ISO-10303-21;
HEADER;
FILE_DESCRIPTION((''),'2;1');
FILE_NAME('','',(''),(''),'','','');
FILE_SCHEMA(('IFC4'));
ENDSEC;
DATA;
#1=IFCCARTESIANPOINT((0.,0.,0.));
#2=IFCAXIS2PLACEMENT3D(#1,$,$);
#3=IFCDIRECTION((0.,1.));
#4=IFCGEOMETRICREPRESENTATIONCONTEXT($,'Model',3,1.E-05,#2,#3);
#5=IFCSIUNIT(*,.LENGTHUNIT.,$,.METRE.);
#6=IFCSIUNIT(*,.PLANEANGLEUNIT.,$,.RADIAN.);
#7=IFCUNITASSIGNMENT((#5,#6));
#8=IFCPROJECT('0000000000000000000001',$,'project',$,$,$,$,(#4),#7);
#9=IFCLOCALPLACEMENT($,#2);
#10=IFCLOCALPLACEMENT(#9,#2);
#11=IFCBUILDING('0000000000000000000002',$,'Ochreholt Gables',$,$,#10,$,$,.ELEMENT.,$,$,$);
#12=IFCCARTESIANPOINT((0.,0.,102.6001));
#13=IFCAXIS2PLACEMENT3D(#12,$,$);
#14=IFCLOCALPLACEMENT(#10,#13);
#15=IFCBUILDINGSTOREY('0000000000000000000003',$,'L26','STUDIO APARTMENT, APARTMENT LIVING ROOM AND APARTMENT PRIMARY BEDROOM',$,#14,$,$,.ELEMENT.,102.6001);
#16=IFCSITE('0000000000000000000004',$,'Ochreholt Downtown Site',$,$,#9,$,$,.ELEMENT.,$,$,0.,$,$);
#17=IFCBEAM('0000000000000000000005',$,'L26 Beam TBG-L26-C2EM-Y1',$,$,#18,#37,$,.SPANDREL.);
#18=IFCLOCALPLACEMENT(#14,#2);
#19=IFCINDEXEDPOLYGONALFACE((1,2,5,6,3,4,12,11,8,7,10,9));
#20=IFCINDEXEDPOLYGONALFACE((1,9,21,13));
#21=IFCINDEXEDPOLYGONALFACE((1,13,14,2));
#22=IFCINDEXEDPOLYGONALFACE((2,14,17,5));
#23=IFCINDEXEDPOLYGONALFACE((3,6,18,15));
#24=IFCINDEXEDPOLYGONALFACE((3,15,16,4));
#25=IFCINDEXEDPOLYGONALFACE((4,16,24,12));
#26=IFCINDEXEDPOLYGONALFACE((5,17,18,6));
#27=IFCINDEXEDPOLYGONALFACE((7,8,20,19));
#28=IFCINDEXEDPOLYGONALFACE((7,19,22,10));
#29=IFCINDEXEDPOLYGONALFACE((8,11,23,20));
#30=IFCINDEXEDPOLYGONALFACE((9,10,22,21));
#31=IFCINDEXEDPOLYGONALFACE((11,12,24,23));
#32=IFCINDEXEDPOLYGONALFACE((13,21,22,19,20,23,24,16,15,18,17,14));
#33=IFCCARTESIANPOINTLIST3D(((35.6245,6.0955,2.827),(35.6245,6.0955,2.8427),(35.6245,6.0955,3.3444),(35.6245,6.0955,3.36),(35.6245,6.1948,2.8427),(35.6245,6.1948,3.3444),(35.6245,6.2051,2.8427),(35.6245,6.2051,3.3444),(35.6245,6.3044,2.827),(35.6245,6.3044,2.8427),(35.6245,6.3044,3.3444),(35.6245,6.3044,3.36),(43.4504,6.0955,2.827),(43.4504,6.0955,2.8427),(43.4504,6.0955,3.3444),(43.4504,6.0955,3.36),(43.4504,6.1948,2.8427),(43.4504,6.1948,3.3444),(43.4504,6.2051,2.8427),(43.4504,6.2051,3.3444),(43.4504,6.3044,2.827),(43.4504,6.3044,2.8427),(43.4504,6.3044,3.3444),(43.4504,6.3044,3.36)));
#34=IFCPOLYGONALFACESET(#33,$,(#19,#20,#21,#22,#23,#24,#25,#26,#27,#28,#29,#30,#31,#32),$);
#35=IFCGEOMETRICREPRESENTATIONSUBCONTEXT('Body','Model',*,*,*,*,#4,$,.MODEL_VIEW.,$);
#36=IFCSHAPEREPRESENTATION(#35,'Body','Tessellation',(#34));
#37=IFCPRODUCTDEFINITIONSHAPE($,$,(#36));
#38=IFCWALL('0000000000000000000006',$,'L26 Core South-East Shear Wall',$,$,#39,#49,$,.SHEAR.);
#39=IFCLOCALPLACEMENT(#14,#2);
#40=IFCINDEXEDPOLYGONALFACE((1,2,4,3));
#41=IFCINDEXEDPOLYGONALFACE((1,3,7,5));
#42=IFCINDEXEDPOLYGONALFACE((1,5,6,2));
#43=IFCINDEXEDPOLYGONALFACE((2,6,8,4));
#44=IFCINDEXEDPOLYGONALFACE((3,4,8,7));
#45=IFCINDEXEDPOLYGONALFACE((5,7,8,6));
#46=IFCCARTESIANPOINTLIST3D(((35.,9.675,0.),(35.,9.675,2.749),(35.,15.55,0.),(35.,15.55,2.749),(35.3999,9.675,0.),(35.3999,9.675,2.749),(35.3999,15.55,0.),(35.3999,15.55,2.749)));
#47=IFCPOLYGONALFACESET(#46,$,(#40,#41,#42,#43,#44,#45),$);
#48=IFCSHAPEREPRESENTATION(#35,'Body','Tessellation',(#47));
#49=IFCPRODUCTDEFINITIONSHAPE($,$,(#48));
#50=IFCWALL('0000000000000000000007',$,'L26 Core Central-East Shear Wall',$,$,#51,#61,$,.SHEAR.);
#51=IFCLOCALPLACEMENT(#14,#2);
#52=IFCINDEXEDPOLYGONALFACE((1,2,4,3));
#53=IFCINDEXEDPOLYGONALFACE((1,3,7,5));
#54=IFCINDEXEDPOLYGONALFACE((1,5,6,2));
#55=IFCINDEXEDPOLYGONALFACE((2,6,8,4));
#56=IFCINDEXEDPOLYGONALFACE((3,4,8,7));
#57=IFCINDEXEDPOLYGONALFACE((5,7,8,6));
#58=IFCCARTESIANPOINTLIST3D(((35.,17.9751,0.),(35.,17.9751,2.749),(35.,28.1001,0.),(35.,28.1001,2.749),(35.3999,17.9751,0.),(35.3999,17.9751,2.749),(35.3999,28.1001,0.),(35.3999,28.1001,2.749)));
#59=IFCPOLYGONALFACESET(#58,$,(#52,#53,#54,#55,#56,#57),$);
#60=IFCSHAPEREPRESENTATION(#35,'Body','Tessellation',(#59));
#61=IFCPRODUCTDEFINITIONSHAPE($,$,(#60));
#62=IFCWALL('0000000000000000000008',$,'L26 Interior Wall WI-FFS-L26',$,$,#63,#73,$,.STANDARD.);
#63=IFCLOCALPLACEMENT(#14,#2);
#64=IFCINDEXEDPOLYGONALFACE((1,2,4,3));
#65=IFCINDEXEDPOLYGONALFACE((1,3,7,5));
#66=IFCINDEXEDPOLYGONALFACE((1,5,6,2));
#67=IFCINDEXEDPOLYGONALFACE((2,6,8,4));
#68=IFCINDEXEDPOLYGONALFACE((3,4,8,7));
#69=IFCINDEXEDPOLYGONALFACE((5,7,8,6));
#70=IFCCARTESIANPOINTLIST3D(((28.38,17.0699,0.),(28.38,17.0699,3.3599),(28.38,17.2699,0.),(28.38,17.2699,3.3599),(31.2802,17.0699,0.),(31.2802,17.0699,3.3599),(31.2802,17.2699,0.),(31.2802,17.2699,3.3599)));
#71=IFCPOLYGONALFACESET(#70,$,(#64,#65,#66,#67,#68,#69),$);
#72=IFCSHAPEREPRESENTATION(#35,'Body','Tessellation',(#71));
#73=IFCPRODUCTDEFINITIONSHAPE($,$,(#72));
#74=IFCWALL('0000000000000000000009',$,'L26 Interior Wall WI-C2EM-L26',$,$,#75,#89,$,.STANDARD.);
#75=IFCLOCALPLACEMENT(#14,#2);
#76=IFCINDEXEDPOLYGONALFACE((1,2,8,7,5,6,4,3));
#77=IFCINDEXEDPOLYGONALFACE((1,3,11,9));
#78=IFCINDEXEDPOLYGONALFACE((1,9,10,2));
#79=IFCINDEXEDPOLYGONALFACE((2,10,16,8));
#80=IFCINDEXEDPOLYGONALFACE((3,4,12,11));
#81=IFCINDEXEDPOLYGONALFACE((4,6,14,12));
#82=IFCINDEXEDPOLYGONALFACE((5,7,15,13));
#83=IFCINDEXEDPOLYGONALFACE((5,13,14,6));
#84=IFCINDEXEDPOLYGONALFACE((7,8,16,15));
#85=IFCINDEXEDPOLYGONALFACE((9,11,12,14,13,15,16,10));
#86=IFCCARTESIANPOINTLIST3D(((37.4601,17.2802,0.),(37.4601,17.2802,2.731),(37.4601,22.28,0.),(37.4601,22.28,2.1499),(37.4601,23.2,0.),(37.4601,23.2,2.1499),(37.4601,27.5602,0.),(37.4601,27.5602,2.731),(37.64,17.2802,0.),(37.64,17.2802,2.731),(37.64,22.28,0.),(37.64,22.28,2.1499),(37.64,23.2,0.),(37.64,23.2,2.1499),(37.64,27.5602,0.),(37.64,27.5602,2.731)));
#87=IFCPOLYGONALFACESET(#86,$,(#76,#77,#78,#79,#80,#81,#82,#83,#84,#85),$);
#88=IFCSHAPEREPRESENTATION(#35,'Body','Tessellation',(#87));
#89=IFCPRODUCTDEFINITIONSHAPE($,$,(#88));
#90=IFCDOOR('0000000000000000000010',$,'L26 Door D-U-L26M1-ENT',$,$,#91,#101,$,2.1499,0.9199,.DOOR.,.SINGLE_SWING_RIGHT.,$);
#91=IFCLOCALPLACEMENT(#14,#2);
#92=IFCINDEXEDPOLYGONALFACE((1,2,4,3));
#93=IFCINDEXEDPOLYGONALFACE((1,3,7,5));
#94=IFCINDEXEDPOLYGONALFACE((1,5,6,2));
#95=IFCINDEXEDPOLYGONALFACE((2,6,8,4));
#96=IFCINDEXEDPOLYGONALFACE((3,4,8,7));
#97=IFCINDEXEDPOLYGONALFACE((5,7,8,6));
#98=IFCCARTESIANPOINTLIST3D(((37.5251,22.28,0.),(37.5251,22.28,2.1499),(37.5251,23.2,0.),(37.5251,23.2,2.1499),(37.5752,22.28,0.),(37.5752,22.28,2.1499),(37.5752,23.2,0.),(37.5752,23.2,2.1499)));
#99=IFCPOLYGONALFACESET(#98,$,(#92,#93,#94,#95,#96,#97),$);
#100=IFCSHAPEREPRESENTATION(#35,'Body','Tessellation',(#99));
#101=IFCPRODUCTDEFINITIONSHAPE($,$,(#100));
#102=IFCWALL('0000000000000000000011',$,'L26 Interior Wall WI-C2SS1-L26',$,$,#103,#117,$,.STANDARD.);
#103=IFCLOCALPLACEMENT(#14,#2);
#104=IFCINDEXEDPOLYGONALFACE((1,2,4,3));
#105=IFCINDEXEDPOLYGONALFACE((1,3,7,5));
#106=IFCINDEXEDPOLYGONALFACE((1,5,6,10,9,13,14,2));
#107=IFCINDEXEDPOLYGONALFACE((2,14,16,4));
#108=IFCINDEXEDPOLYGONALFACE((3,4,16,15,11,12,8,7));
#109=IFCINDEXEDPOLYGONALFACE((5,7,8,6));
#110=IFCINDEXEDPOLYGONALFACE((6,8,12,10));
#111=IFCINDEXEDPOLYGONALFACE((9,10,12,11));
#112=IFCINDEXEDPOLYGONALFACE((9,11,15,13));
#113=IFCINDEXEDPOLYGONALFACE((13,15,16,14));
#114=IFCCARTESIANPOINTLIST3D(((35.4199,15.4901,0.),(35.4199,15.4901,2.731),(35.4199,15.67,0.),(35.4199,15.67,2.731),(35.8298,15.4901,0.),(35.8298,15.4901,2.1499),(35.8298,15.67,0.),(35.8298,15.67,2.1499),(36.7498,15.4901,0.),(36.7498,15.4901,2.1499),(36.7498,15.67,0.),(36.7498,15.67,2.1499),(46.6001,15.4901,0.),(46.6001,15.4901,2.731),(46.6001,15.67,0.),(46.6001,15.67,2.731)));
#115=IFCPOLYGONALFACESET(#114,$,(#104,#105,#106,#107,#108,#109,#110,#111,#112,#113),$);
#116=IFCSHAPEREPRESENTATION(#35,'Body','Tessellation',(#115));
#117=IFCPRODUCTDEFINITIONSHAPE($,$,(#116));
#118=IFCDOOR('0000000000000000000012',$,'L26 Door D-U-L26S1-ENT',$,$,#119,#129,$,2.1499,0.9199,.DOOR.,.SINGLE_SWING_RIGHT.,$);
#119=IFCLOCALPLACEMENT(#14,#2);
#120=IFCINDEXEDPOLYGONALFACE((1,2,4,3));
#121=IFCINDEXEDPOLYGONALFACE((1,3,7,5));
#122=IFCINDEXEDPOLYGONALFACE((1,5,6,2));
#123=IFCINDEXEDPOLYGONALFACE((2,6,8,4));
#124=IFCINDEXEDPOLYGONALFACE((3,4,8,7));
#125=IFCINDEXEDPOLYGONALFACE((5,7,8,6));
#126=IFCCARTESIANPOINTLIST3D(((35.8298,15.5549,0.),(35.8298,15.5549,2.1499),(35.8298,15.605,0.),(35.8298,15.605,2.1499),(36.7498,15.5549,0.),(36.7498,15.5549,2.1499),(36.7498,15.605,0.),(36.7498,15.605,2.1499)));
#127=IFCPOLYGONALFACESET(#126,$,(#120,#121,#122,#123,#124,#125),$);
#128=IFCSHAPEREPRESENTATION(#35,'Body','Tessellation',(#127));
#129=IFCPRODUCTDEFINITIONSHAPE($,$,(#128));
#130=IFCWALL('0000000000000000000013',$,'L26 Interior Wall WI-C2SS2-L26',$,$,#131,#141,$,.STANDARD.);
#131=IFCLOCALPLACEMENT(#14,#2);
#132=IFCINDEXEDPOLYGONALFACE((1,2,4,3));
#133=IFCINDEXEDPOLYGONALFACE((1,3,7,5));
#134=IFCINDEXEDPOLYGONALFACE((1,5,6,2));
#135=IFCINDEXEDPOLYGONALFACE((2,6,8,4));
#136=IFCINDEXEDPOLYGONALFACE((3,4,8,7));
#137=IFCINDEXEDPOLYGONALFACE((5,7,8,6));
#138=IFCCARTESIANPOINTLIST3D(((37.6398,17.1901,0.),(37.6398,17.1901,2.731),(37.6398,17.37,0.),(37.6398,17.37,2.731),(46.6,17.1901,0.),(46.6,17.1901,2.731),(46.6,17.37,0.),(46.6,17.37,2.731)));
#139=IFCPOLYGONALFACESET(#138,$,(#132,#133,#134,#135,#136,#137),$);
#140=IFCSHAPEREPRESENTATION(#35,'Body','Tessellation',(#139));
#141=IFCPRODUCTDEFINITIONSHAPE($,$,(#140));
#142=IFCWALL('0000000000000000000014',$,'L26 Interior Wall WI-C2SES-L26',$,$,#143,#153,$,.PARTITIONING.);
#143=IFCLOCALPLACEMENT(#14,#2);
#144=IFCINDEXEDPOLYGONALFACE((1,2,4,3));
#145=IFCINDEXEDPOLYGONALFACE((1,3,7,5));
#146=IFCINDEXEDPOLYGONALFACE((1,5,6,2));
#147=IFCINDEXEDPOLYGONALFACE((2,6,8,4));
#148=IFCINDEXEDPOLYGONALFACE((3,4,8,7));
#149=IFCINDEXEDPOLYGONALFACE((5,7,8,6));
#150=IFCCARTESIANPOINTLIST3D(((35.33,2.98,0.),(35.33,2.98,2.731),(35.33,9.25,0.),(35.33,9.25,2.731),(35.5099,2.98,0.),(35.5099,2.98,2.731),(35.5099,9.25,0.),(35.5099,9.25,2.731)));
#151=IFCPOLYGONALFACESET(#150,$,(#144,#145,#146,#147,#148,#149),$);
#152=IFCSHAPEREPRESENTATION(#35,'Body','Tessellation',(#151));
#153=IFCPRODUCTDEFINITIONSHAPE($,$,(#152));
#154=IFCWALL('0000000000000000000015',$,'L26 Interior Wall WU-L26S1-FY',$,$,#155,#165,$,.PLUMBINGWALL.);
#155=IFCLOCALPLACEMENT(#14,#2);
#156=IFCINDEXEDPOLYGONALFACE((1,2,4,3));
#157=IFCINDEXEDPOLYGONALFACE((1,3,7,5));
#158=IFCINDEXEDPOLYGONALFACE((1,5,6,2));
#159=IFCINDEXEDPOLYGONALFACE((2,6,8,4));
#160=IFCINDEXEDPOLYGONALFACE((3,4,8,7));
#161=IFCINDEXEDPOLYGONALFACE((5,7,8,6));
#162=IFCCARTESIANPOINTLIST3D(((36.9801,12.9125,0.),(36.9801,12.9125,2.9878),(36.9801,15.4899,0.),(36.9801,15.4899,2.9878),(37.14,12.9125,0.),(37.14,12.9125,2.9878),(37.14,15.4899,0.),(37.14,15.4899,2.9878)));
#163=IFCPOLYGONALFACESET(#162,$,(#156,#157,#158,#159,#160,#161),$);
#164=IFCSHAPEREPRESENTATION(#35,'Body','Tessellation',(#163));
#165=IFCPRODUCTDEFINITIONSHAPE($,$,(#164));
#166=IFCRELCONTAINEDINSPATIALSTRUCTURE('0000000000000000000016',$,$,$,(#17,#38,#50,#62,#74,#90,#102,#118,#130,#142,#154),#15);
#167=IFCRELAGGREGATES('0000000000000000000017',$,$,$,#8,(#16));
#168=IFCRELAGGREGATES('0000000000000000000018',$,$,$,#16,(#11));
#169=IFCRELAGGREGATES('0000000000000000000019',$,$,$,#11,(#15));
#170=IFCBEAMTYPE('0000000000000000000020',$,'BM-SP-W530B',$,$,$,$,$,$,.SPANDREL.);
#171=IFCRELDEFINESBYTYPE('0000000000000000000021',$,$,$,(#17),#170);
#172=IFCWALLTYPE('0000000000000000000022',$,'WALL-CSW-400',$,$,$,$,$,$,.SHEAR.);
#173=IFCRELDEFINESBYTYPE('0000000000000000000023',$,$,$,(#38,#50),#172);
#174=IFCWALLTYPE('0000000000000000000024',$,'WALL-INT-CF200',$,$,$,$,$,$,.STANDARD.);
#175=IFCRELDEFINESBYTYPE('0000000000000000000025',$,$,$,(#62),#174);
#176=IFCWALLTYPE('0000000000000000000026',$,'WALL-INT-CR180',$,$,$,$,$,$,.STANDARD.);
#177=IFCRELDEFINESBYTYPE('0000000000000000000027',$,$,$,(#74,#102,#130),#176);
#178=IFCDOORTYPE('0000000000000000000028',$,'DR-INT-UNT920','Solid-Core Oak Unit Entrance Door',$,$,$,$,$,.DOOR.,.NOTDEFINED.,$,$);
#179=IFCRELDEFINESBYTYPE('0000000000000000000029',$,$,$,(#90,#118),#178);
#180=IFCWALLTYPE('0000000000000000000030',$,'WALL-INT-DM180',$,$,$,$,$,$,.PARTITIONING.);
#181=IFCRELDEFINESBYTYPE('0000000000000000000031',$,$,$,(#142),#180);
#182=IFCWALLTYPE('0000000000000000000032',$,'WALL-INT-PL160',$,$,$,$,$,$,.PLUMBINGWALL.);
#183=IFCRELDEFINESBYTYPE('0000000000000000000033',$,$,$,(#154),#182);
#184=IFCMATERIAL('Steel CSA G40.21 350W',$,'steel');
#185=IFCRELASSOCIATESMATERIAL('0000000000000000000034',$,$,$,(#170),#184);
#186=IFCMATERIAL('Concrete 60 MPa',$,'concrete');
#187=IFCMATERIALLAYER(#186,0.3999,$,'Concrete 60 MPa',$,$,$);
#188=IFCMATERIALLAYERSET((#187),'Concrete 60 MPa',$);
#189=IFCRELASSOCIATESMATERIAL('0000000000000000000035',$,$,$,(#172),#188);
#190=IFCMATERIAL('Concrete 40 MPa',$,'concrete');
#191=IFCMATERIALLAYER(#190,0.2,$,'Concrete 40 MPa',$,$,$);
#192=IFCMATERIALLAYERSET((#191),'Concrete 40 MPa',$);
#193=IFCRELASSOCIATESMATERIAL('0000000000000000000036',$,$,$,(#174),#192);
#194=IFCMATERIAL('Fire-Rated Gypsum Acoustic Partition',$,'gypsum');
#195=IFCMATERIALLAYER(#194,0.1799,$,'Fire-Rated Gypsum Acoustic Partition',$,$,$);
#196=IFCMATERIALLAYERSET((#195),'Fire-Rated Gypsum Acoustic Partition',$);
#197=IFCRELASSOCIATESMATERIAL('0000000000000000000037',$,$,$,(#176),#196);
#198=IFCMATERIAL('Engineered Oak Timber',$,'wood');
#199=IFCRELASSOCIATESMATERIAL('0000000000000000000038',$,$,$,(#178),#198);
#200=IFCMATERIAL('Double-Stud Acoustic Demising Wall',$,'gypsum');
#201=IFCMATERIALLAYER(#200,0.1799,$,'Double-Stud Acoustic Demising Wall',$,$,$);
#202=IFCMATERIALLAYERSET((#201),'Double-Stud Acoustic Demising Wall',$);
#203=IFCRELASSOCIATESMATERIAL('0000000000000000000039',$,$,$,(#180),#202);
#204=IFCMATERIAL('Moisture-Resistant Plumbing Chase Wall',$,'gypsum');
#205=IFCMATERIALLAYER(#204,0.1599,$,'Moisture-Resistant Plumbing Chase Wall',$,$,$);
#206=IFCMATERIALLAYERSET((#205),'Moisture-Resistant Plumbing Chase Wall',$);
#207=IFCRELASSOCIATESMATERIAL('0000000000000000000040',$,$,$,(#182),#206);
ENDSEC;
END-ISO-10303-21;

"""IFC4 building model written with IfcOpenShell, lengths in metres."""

from ifc_helpers import new_model, si_unit, direction, frame, frame_2d, origin, origin_2d, place, context, subcontext, project, spatial, rectangle, i_section, extrude, material, layer, layer_set, material_profile, profile_set, type_object, element, fill, save


model = new_model("IFC4")

# Units and contexts
model_context = context("Model", 3, precision=1e-05, world=origin(), true_north=direction((0.0, 1.0)))
body_context = subcontext(model_context, "Body", "Model", "MODEL_VIEW")
ifc_project = project(units=[si_unit("LENGTHUNIT", "METRE"), si_unit("PLANEANGLEUNIT", "RADIAN")], contexts=[model_context])

# Site, building, storey
site_placement = place(None, origin())
site = spatial("IfcSite", under=ifc_project, at=site_placement, Name="Ochreholt Downtown Site", CompositionType="ELEMENT", RefElevation=0.0)
building_placement = place(site_placement, origin())
building = spatial("IfcBuilding", under=site, at=building_placement, Name="Ochreholt Gables", CompositionType="ELEMENT")
storey_placement = place(building_placement, frame((0.0, 0.0, 102.6001)))
storey = spatial("IfcBuildingStorey", under=building, at=storey_placement, Name="L26", Description="STUDIO APARTMENT, APARTMENT LIVING ROOM AND APARTMENT PRIMARY BEDROOM", CompositionType="ELEMENT", Elevation=102.6001)

# Shared definitions
ifc_material_1 = material(Name="Concrete 60 MPa", Category="concrete")

# Beam
ifc_material_2 = material(Name="Steel CSA G40.21 350W", Category="steel")
ifc_material_profile_1 = material_profile(ifc_material_2, i_section(OverallWidth=0.209, OverallDepth=0.533, WebThickness=0.0103, FlangeThickness=0.0156, at=origin_2d()), Name="W530X92")
ifc_profile_set_1 = profile_set([ifc_material_profile_1], Name="Steel CSA G40.21 350W")
beam_type_1 = type_object("IfcBeamType", Name="BM-SP-W530B", PredefinedType="SPANDREL", material=ifc_profile_set_1)
beam_1_placement = place(storey_placement, frame((35.6245, 6.2, 3.0935), z_axis=(1.0, 0.0, 0.0), x_axis=(0.0, 1.0, 0.0)))
element("IfcBeam", 1, at=beam_1_placement, inside=storey, type_object=beam_type_1, Name="L26 Beam TBG-L26-C2EM-Y1", PredefinedType="SPANDREL", context=body_context, shape_type="SweptSolid", body=[
    extrude(i_section(OverallWidth=0.209, OverallDepth=0.533, WebThickness=0.0103, FlangeThickness=0.0156, at=origin_2d()), origin(), (0.0, 0.0, 1.0), 7.8259),
])

# Walls
ifc_layer_1 = layer(ifc_material_1, 0.3999, Name="Concrete 60 MPa")
ifc_layer_set_1 = layer_set([ifc_layer_1], Name="Concrete 60 MPa")
wall_type_1 = type_object("IfcWallType", Name="WALL-CSW-400", PredefinedType="SHEAR", material=ifc_layer_set_1)
wall_1_placement = place(storey_placement, frame((35.2, 9.675, 0.0), z_axis=(0.0, 0.0, 1.0), x_axis=(0.0, 1.0, 0.0)))
element("IfcWall", 2, at=wall_1_placement, inside=storey, type_object=wall_type_1, Name="L26 Core South-East Shear Wall", PredefinedType="SHEAR", context=body_context, shape_type="SweptSolid", body=[
    extrude(rectangle(XDim=5.875, YDim=0.3999, at=frame_2d((2.9375, 0.0))), origin(), (0.0, 0.0, 1.0), 2.749),
])
wall_2_placement = place(storey_placement, frame((35.2, 17.9751, 0.0), z_axis=(0.0, 0.0, 1.0), x_axis=(0.0, 1.0, 0.0)))
element("IfcWall", 3, at=wall_2_placement, inside=storey, type_object=wall_type_1, Name="L26 Core Central-East Shear Wall", PredefinedType="SHEAR", context=body_context, shape_type="SweptSolid", body=[
    extrude(rectangle(XDim=10.125, YDim=0.3999, at=frame_2d((5.0625, 0.0))), origin(), (0.0, 0.0, 1.0), 2.749),
])
ifc_material_3 = material(Name="Concrete 40 MPa", Category="concrete")
ifc_layer_2 = layer(ifc_material_3, 0.2, Name="Concrete 40 MPa")
ifc_layer_set_2 = layer_set([ifc_layer_2], Name="Concrete 40 MPa")
wall_type_2 = type_object("IfcWallType", Name="WALL-INT-CF200", PredefinedType="STANDARD", material=ifc_layer_set_2)
wall_3_placement = place(storey_placement, frame((28.3799, 17.1699, 0.0), z_axis=(0.0, 0.0, 1.0), x_axis=(1.0, 0.0, 0.0)))
element("IfcWall", 4, at=wall_3_placement, inside=storey, type_object=wall_type_2, Name="L26 Interior Wall WI-FFS-L26", PredefinedType="STANDARD", context=body_context, shape_type="SweptSolid", body=[
    extrude(rectangle(XDim=2.9001, YDim=0.2, at=frame_2d((1.4502, 0.0))), origin(), (0.0, 0.0, 1.0), 3.3599),
])

# Walls, openings, doors
ifc_material_4 = material(Name="Fire-Rated Gypsum Acoustic Partition", Category="gypsum")
ifc_layer_3 = layer(ifc_material_4, 0.1799, Name="Fire-Rated Gypsum Acoustic Partition")
ifc_layer_set_3 = layer_set([ifc_layer_3], Name="Fire-Rated Gypsum Acoustic Partition")
wall_type_3 = type_object("IfcWallType", Name="WALL-INT-CR180", PredefinedType="STANDARD", material=ifc_layer_set_3)
wall_4_placement = place(storey_placement, frame((37.55, 17.28, 0.0), z_axis=(0.0, 0.0, 1.0), x_axis=(0.0, 1.0, 0.0)))
wall_4 = element("IfcWall", 5, at=wall_4_placement, inside=storey, type_object=wall_type_3, Name="L26 Interior Wall WI-C2EM-L26", PredefinedType="STANDARD", context=body_context, shape_type="SweptSolid", body=[
    extrude(rectangle(XDim=10.28, YDim=0.1799, at=frame_2d((5.1401, 0.0))), origin(), (0.0, 0.0, 1.0), 2.731),
])
opening_1_placement = place(wall_4_placement, frame((5.0, 0.0, 0.0)))
opening_1 = element("IfcOpeningElement", 6, at=opening_1_placement, cuts=wall_4, PredefinedType="OPENING", context=body_context, shape_type="SweptSolid", body=[
    extrude(rectangle(XDim=0.9199, YDim=2.1499, at=frame_2d((0.46, 1.075))), frame((0.0, 0.0999, 0.0), z_axis=(0.0, -1.0, 0.0), x_axis=(1.0, 0.0, 0.0)), (0.0, 0.0, 1.0), 0.2),
])
ifc_material_5 = material(Name="Engineered Oak Timber", Category="wood")
door_type_1 = type_object("IfcDoorType", Name="DR-INT-UNT920", Description="Solid-Core Oak Unit Entrance Door", OperationType="NOTDEFINED", PredefinedType="DOOR", material=ifc_material_5)
door_1_placement = place(opening_1_placement, origin())
door_1 = element("IfcDoor", 7, at=door_1_placement, inside=storey, type_object=door_type_1, Name="L26 Door D-U-L26M1-ENT", OperationType="SINGLE_SWING_RIGHT", OverallHeight=2.1499, OverallWidth=0.9199, PredefinedType="DOOR", context=body_context, shape_type="SweptSolid", body=[
    extrude(rectangle(XDim=0.9199, YDim=2.1499, at=frame_2d((0.46, 1.075))), frame((0.0, 0.0249, 0.0), z_axis=(0.0, -1.0, 0.0), x_axis=(1.0, 0.0, 0.0)), (0.0, 0.0, 1.0), 0.05),
])
fill(opening_1, door_1)
wall_5_placement = place(storey_placement, frame((35.4199, 15.5801, 0.0), z_axis=(0.0, 0.0, 1.0), x_axis=(1.0, 0.0, 0.0)))
wall_5 = element("IfcWall", 8, at=wall_5_placement, inside=storey, type_object=wall_type_3, Name="L26 Interior Wall WI-C2SS1-L26", PredefinedType="STANDARD", context=body_context, shape_type="SweptSolid", body=[
    extrude(rectangle(XDim=11.1802, YDim=0.1799, at=frame_2d((5.5901, 0.0))), origin(), (0.0, 0.0, 1.0), 2.731),
])
opening_2_placement = place(wall_5_placement, frame((0.4099, 0.0, 0.0)))
opening_2 = element("IfcOpeningElement", 9, at=opening_2_placement, cuts=wall_5, PredefinedType="OPENING", context=body_context, shape_type="SweptSolid", body=[
    extrude(rectangle(XDim=0.9199, YDim=2.1499, at=frame_2d((0.46, 1.075))), frame((0.0, 0.0999, 0.0), z_axis=(0.0, -1.0, 0.0), x_axis=(1.0, 0.0, 0.0)), (0.0, 0.0, 1.0), 0.2),
])
door_2_placement = place(opening_2_placement, origin())
door_2 = element("IfcDoor", 10, at=door_2_placement, inside=storey, type_object=door_type_1, Name="L26 Door D-U-L26S1-ENT", OperationType="SINGLE_SWING_RIGHT", OverallHeight=2.1499, OverallWidth=0.9199, PredefinedType="DOOR", context=body_context, shape_type="SweptSolid", body=[
    extrude(rectangle(XDim=0.9199, YDim=2.1499, at=frame_2d((0.46, 1.075))), frame((0.0, 0.0249, 0.0), z_axis=(0.0, -1.0, 0.0), x_axis=(1.0, 0.0, 0.0)), (0.0, 0.0, 1.0), 0.05),
])
fill(opening_2, door_2)

# Walls
wall_6_placement = place(storey_placement, frame((37.6399, 17.28, 0.0), z_axis=(0.0, 0.0, 1.0), x_axis=(1.0, 0.0, 0.0)))
element("IfcWall", 11, at=wall_6_placement, inside=storey, type_object=wall_type_3, Name="L26 Interior Wall WI-C2SS2-L26", PredefinedType="STANDARD", context=body_context, shape_type="SweptSolid", body=[
    extrude(rectangle(XDim=8.9602, YDim=0.1799, at=frame_2d((4.48, 0.0))), origin(), (0.0, 0.0, 1.0), 2.731),
])
ifc_material_6 = material(Name="Double-Stud Acoustic Demising Wall", Category="gypsum")
ifc_layer_4 = layer(ifc_material_6, 0.1799, Name="Double-Stud Acoustic Demising Wall")
ifc_layer_set_4 = layer_set([ifc_layer_4], Name="Double-Stud Acoustic Demising Wall")
wall_type_4 = type_object("IfcWallType", Name="WALL-INT-DM180", PredefinedType="PARTITIONING", material=ifc_layer_set_4)
wall_7_placement = place(storey_placement, frame((35.4199, 2.98, 0.0), z_axis=(0.0, 0.0, 1.0), x_axis=(0.0, 1.0, 0.0)))
element("IfcWall", 12, at=wall_7_placement, inside=storey, type_object=wall_type_4, Name="L26 Interior Wall WI-C2SES-L26", PredefinedType="PARTITIONING", context=body_context, shape_type="SweptSolid", body=[
    extrude(rectangle(XDim=6.27, YDim=0.1799, at=frame_2d((3.135, 0.0))), origin(), (0.0, 0.0, 1.0), 2.731),
])

# Shared definitions
ifc_material_7 = material(Name="Moisture-Resistant Plumbing Chase Wall", Category="gypsum")
ifc_layer_5 = layer(ifc_material_7, 0.1599, Name="Moisture-Resistant Plumbing Chase Wall")
ifc_layer_set_5 = layer_set([ifc_layer_5], Name="Moisture-Resistant Plumbing Chase Wall")
wall_type_5 = type_object("IfcWallType", Name="WALL-INT-PL160", PredefinedType="PLUMBINGWALL", material=ifc_layer_set_5)

# Wall
wall_8_placement = place(storey_placement, frame((37.0601, 12.9126, 0.0), z_axis=(0.0, 0.0, 1.0), x_axis=(0.0, 1.0, 0.0)))
element("IfcWall", 13, at=wall_8_placement, inside=storey, type_object=wall_type_5, Name="L26 Interior Wall WU-L26S1-FY", PredefinedType="PLUMBINGWALL", context=body_context, shape_type="SweptSolid", body=[
    extrude(rectangle(XDim=2.5774, YDim=0.1599, at=frame_2d((1.2886, 0.0))), origin(), (0.0, 0.0, 1.0), 2.9878),
])

save(model, "model.ifc")
